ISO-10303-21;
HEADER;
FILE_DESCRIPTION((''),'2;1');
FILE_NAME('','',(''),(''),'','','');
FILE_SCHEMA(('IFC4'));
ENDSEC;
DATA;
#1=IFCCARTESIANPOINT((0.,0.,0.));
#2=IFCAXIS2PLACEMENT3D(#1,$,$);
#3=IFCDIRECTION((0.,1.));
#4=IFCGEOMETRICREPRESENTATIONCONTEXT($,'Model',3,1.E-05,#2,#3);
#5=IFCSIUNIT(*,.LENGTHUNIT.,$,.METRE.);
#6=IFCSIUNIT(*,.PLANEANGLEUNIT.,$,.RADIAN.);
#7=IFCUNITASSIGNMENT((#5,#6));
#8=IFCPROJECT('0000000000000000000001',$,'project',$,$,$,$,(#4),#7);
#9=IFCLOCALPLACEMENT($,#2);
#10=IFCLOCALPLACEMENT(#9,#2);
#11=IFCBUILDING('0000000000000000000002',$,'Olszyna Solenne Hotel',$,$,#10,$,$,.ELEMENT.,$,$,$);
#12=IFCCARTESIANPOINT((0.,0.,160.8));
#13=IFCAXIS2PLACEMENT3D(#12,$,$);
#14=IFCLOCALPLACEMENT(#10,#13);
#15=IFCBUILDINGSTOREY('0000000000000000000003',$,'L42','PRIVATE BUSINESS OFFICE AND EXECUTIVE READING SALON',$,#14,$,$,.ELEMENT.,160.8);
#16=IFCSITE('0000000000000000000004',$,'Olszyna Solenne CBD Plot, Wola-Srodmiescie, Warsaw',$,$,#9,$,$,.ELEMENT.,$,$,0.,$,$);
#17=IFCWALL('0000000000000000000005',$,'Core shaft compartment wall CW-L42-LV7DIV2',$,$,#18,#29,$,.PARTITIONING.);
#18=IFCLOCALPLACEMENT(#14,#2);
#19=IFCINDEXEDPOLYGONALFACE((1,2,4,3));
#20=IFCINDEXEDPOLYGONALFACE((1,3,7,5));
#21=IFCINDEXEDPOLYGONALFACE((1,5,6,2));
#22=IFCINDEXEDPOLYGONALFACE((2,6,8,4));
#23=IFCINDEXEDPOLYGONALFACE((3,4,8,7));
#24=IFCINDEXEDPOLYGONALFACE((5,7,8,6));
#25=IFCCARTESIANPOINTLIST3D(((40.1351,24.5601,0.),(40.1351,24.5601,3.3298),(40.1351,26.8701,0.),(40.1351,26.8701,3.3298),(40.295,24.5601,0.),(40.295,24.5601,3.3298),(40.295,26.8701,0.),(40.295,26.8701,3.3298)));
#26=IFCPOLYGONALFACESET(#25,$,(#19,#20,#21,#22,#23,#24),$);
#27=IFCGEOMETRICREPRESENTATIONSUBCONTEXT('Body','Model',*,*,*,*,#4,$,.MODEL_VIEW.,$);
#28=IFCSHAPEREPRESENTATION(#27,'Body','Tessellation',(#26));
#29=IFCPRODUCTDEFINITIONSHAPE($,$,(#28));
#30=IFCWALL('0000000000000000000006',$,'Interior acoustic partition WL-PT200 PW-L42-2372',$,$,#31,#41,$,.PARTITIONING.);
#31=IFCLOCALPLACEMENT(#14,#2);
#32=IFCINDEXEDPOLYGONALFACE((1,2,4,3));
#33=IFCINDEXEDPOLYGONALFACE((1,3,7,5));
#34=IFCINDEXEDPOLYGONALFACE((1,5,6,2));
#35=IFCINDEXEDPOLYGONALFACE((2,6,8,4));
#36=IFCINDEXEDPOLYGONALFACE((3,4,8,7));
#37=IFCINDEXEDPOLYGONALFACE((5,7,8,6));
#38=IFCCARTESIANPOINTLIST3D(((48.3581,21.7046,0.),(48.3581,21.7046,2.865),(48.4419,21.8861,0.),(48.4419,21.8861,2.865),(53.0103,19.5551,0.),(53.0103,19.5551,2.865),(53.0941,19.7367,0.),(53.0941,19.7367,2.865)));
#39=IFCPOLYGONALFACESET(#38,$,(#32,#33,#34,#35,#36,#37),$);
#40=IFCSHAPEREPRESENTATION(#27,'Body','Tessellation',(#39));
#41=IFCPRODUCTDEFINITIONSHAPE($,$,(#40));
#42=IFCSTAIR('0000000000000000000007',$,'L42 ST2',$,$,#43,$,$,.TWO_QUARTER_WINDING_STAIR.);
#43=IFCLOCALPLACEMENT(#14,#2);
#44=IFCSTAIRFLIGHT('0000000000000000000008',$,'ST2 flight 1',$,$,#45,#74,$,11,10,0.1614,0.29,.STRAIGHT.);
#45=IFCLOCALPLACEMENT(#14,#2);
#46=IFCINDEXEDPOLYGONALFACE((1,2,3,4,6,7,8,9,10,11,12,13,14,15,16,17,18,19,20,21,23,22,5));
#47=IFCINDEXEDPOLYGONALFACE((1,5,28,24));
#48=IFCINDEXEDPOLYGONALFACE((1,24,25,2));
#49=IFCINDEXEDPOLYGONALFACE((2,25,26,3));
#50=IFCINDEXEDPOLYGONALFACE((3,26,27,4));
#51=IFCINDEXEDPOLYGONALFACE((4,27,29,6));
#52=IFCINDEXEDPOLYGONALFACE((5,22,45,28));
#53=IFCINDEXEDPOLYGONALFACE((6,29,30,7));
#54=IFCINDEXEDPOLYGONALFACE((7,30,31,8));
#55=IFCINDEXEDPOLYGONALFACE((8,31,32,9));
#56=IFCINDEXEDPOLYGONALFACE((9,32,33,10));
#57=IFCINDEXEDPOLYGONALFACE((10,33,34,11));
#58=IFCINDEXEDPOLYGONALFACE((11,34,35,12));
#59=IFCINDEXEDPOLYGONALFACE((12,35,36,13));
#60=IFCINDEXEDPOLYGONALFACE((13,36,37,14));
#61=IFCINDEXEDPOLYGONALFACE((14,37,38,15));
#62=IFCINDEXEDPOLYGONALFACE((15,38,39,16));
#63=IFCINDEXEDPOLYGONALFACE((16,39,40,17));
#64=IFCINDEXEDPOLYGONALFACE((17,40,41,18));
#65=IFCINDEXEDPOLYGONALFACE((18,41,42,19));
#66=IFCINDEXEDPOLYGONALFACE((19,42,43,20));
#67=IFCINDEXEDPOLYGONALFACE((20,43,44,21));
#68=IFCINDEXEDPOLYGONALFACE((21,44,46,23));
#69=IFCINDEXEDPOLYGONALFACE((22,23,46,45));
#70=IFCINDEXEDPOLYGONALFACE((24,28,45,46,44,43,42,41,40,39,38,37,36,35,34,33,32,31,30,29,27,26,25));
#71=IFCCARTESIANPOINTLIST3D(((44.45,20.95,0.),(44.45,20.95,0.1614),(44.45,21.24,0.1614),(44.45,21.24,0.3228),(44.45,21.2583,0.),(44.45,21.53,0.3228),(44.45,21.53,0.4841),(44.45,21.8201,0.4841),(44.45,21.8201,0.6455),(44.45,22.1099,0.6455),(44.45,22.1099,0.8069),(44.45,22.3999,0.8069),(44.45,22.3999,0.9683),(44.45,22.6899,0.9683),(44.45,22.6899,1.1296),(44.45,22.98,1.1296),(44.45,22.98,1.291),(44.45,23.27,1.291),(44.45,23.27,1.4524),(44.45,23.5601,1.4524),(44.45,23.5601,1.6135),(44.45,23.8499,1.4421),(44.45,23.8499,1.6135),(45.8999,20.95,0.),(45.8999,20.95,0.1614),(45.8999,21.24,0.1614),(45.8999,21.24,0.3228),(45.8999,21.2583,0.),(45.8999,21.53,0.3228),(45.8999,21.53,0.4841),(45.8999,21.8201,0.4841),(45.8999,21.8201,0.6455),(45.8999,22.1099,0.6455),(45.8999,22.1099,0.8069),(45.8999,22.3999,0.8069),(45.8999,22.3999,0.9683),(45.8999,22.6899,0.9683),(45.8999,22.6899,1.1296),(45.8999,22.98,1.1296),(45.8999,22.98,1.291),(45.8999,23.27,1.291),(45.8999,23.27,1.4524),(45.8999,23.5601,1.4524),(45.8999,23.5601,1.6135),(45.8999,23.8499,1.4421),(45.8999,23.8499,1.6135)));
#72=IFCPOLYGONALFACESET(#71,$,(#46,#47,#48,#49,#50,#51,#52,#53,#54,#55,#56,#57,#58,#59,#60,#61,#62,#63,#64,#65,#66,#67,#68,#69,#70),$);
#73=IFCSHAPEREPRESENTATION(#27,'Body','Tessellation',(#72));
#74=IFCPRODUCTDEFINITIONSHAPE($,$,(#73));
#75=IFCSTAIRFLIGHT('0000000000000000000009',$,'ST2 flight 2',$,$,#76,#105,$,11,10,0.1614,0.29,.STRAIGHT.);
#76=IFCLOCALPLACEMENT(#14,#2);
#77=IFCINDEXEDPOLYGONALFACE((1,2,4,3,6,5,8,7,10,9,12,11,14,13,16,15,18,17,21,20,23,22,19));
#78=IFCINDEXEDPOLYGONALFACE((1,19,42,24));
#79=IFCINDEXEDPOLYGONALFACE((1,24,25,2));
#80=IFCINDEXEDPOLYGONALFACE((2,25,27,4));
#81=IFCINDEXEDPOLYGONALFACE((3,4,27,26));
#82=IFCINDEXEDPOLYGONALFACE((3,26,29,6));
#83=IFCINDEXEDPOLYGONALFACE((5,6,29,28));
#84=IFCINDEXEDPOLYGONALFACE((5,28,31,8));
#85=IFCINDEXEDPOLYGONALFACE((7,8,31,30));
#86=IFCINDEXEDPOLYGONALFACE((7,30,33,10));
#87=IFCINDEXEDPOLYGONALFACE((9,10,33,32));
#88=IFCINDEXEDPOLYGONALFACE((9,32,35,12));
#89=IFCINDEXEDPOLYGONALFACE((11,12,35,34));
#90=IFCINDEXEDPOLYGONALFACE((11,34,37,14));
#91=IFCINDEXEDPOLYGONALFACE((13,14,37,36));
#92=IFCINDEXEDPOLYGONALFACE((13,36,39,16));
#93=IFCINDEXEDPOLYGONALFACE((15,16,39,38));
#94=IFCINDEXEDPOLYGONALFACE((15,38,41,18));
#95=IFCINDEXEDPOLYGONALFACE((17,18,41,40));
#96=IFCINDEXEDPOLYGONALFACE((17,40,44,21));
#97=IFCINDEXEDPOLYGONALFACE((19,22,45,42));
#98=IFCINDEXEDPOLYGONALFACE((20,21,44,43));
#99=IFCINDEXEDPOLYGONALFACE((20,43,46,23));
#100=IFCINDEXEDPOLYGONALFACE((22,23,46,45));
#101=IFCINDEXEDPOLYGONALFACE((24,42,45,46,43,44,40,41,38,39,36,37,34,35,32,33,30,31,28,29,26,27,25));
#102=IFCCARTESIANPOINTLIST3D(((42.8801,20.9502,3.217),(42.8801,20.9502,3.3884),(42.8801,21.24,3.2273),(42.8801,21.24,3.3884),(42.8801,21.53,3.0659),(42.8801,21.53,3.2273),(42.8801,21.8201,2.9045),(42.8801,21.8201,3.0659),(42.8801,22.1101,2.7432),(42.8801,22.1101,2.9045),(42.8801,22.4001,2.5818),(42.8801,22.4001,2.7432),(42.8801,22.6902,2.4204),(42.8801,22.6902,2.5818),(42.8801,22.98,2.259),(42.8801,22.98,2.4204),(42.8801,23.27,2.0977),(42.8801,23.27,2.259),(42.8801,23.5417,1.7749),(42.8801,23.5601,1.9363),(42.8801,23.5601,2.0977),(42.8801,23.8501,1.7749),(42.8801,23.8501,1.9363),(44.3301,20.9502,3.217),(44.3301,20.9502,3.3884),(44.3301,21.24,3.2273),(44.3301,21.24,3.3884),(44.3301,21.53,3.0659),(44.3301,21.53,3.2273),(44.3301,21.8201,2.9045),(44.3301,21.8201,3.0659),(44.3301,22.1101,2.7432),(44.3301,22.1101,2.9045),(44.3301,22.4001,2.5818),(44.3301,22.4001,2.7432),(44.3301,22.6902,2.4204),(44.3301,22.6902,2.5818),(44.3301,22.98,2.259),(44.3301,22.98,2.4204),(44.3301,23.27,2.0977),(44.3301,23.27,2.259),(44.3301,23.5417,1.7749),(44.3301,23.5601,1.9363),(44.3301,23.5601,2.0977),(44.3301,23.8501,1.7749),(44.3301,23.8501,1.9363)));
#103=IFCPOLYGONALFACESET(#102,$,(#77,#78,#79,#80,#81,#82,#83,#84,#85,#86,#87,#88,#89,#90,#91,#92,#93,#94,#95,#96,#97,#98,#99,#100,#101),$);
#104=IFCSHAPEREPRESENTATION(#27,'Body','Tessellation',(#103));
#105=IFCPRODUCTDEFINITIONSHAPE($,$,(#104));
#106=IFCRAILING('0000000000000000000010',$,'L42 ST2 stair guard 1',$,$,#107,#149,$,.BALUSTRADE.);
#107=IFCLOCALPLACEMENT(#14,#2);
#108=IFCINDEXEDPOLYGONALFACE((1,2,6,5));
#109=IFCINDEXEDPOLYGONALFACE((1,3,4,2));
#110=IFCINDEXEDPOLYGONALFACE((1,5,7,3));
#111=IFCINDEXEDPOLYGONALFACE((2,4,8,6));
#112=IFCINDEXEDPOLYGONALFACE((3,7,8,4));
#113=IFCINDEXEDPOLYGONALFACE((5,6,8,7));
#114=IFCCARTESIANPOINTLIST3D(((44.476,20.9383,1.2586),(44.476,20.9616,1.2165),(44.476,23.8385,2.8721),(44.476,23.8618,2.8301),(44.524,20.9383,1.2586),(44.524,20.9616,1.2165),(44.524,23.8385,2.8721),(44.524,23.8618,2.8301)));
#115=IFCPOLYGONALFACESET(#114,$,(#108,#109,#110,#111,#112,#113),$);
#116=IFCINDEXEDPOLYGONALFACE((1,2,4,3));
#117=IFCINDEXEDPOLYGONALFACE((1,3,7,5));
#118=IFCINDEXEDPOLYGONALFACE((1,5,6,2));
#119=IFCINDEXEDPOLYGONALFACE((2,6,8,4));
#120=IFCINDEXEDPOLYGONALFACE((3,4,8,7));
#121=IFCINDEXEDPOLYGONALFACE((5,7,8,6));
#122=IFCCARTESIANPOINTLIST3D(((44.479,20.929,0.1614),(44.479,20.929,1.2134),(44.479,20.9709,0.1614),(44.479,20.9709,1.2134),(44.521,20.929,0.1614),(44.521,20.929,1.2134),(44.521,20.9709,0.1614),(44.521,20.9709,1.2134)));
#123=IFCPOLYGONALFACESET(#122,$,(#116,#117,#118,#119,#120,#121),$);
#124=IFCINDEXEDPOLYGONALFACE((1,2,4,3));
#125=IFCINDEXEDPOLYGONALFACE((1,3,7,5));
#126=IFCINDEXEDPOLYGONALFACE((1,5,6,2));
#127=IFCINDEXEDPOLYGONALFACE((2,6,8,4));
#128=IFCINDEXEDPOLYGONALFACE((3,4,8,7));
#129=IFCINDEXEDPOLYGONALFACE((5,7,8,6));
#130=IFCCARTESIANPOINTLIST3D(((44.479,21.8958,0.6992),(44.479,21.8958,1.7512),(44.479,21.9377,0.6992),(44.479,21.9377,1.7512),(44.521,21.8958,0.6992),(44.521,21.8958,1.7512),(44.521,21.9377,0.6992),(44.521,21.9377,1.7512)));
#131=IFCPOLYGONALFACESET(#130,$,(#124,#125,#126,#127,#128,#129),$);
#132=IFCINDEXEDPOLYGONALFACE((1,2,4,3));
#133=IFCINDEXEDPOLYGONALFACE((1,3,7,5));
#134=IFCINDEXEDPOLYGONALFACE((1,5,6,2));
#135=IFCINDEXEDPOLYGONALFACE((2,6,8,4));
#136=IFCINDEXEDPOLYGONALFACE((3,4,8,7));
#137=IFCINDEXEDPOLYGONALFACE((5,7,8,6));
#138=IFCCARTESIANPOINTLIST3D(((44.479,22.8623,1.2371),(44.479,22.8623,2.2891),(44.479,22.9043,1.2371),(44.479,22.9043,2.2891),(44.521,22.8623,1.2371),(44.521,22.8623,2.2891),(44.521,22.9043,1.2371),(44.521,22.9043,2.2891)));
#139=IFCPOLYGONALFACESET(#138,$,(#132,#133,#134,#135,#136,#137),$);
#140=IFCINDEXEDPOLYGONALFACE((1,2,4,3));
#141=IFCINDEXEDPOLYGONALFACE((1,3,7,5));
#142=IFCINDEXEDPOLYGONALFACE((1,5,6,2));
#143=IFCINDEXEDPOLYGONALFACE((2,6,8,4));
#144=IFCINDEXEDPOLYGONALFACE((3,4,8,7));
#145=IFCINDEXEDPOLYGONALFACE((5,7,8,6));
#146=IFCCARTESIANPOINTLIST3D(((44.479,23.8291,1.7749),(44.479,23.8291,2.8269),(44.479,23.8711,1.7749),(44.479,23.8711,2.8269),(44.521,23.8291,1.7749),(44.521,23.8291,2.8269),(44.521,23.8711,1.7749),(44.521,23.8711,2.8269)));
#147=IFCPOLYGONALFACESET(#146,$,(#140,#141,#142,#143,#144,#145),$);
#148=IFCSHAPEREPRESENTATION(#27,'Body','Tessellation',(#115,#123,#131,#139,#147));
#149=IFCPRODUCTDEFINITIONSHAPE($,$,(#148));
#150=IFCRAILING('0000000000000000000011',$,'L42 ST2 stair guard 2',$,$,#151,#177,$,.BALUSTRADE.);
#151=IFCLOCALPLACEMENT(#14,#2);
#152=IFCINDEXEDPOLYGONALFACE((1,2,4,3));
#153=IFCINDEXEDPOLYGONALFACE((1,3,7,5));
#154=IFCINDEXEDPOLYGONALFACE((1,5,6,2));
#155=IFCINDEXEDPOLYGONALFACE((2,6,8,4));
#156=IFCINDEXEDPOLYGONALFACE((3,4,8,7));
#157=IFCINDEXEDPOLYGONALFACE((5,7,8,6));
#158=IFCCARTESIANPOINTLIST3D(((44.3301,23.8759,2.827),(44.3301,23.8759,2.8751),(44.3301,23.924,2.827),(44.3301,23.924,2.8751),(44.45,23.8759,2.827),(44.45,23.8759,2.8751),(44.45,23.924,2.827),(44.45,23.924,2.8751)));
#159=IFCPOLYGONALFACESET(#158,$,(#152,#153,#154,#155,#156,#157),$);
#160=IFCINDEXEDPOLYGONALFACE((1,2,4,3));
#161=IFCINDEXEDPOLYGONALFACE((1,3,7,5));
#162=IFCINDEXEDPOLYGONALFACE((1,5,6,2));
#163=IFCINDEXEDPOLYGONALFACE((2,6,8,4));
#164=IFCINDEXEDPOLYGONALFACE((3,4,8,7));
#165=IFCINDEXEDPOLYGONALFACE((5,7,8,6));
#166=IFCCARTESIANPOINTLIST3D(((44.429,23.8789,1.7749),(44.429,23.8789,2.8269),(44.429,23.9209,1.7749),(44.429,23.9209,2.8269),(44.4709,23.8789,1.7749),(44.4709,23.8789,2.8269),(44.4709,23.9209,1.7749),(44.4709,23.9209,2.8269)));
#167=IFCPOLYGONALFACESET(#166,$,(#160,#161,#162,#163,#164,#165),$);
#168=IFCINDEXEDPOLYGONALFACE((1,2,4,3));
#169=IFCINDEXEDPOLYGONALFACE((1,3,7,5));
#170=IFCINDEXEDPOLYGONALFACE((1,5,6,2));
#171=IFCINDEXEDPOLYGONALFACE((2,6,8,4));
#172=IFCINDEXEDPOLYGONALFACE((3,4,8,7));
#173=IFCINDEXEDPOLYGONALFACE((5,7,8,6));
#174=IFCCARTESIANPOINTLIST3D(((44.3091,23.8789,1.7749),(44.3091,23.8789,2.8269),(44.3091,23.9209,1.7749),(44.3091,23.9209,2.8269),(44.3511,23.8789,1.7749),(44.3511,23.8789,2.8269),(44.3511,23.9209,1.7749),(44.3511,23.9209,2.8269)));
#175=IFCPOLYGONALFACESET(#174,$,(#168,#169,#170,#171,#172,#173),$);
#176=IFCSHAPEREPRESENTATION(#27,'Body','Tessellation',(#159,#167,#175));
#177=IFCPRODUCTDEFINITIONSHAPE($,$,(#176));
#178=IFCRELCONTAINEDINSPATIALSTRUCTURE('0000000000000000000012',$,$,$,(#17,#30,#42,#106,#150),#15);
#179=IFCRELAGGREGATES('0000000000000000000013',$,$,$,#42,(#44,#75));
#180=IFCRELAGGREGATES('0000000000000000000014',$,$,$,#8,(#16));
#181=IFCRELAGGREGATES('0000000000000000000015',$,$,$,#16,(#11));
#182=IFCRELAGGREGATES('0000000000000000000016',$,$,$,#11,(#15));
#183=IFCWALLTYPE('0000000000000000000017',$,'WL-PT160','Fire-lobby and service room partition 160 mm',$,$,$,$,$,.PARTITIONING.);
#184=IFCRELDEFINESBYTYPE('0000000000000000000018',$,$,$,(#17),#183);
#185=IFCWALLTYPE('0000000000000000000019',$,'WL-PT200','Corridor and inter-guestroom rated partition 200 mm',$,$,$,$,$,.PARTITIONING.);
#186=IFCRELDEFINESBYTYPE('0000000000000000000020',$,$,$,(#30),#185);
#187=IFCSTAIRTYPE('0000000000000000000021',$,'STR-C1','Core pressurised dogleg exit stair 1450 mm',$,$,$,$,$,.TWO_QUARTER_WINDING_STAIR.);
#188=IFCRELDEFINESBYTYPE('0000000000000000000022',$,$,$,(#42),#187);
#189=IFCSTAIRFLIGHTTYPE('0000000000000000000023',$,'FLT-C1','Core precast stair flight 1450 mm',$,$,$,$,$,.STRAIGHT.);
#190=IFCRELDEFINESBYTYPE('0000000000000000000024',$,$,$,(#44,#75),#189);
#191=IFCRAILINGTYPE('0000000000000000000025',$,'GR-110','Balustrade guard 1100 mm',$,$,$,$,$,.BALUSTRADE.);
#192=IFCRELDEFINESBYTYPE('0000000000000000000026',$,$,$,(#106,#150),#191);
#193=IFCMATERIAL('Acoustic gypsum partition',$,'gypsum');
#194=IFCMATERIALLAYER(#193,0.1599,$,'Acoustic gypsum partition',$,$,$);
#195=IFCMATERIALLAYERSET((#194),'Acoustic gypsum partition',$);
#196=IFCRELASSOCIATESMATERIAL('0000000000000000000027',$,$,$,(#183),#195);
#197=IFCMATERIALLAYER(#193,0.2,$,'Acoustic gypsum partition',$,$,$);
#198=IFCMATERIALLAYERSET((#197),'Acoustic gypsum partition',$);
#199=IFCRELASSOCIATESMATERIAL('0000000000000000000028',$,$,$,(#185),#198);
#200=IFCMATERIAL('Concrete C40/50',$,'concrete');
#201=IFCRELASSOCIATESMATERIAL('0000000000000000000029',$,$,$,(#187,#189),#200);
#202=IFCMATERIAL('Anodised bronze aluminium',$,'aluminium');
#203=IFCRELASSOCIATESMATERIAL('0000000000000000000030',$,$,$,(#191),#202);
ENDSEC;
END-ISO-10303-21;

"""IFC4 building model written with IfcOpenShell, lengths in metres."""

from ifc_helpers import new_model, si_unit, direction, frame, frame_2d, origin, origin_2d, place, context, subcontext, project, spatial, polyline, rectangle, outline, extrude, material, layer, layer_set, type_object, element, aggregate, save


model = new_model("IFC4")

# Units and contexts
model_context = context("Model", 3, precision=1e-05, world=origin(), true_north=direction((0.0, 1.0)))
body_context = subcontext(model_context, "Body", "Model", "MODEL_VIEW")
ifc_project = project(units=[si_unit("LENGTHUNIT", "METRE"), si_unit("PLANEANGLEUNIT", "RADIAN")], contexts=[model_context])

# Site, building, storey
site_placement = place(None, origin())
site = spatial("IfcSite", under=ifc_project, at=site_placement, Name="Olszyna Solenne CBD Plot, Wola-Srodmiescie, Warsaw", CompositionType="ELEMENT", RefElevation=0.0)
building_placement = place(site_placement, origin())
building = spatial("IfcBuilding", under=site, at=building_placement, Name="Olszyna Solenne Hotel", CompositionType="ELEMENT")
storey_placement = place(building_placement, frame((0.0, 0.0, 160.8)))
storey = spatial("IfcBuildingStorey", under=building, at=storey_placement, Name="L42", Description="PRIVATE BUSINESS OFFICE AND EXECUTIVE READING SALON", CompositionType="ELEMENT", Elevation=160.8)

# Shared definitions
ifc_material_1 = material(Name="Anodised bronze aluminium", Category="aluminium")

# Shared definitions
ifc_material_2 = material(Name="Acoustic gypsum partition", Category="gypsum")

# Shared definitions
ifc_layer_1 = layer(ifc_material_2, 0.1599, Name="Acoustic gypsum partition")
ifc_layer_set_1 = layer_set([ifc_layer_1], Name="Acoustic gypsum partition")
wall_type_1 = type_object("IfcWallType", Name="WL-PT160", Description="Fire-lobby and service room partition 160 mm", PredefinedType="PARTITIONING", material=ifc_layer_set_1)

# Walls
for number, where, z_axis, x_axis, name in (
    (1, (40.2151, 24.5601, 0.0), (0.0, 0.0, 1.0), (0.0, 1.0, 0.0), "Core shaft compartment wall CW-L42-LV7DIV2"),
):
    element("IfcWall", number, at=place(storey_placement, frame(where, z_axis=z_axis, x_axis=x_axis)), inside=storey, type_object=wall_type_1, Name=name, PredefinedType="PARTITIONING", context=body_context, shape_type="SweptSolid", body=[
        extrude(rectangle(XDim=2.3101, YDim=0.1599, at=frame_2d((1.155, 0.0))), origin(), (0.0, 0.0, 1.0), 3.3298),
    ])
ifc_layer_2 = layer(ifc_material_2, 0.2, Name="Acoustic gypsum partition")
ifc_layer_set_2 = layer_set([ifc_layer_2], Name="Acoustic gypsum partition")
wall_type_2 = type_object("IfcWallType", Name="WL-PT200", Description="Corridor and inter-guestroom rated partition 200 mm", PredefinedType="PARTITIONING", material=ifc_layer_set_2)
wall_1_placement = place(storey_placement, frame((48.3999, 21.7954, 0.0), z_axis=(0.0, 0.0, 1.0), x_axis=(0.907789, -0.419427, 0.0)))
element("IfcWall", 2, at=wall_1_placement, inside=storey, type_object=wall_type_2, Name="Interior acoustic partition WL-PT200 PW-L42-2372", PredefinedType="PARTITIONING", context=body_context, shape_type="SweptSolid", body=[
    extrude(rectangle(XDim=5.1248, YDim=0.2, at=frame_2d((2.5625, 0.0))), origin(), (0.0, 0.0, 1.0), 2.865),
])

# Stair, stair flights
ifc_material_3 = material(Name="Concrete C40/50", Category="concrete")
stair_type = type_object("IfcStairType", Name="STR-C1", Description="Core pressurised dogleg exit stair 1450 mm", PredefinedType="TWO_QUARTER_WINDING_STAIR", material=ifc_material_3)
stair_placement = place(storey_placement, origin())
stair = element("IfcStair", 3, at=stair_placement, inside=storey, type_object=stair_type, Name="L42 ST2", PredefinedType="TWO_QUARTER_WINDING_STAIR")
stair_flight_type = type_object("IfcStairFlightType", Name="FLT-C1", Description="Core precast stair flight 1450 mm", PredefinedType="STRAIGHT", material=ifc_material_3)
stair_flight_1_placement = place(storey_placement, frame((45.175, 20.95, 0.0), z_axis=(0.0, 0.0, 1.0), x_axis=(0.0, 1.0, 0.0)))
stair_flight_1 = element("IfcStairFlight", 4, at=stair_flight_1_placement, type_object=stair_flight_type, Name="ST2 flight 1", NumberOfRisers=11, NumberOfTreads=10, PredefinedType="STRAIGHT", RiserHeight=0.1614, TreadLength=0.29, context=body_context, shape_type="SweptSolid", body=[
    extrude(outline(polyline([(0.0, 0.0), (0.0, 0.1614), (0.29, 0.1614), (0.29, 0.3228), (0.5801, 0.3228), (0.5801, 0.4841), (0.8701, 0.4841), (0.8701, 0.6455), (1.1599, 0.6455), (1.1599, 0.8069), (1.45, 0.8069), (1.45, 0.9683), (1.74, 0.9683), (1.74, 1.1296), (2.03, 1.1296), (2.03, 1.291), (2.3201, 1.291), (2.3201, 1.4524), (2.6101, 1.4524), (2.6101, 1.6135), (2.8999, 1.6135), (2.8999, 1.7749), (2.8999, 1.4421), (0.3083, 0.0), (0.0, 0.0)])), frame((0.0, 0.7251, 0.0), z_axis=(0.0, -1.0, 0.0), x_axis=(1.0, 0.0, 0.0)), (0.0, 0.0, 1.0), 1.45),
])
stair_flight_2_placement = place(storey_placement, frame((43.605, 23.8501, 1.7749), z_axis=(0.0, 0.0, 1.0), x_axis=(0.0, -1.0, 0.0)))
stair_flight_2 = element("IfcStairFlight", 5, at=stair_flight_2_placement, type_object=stair_flight_type, Name="ST2 flight 2", NumberOfRisers=11, NumberOfTreads=10, PredefinedType="STRAIGHT", RiserHeight=0.1614, TreadLength=0.29, context=body_context, shape_type="SweptSolid", body=[
    extrude(outline(polyline([(0.0, 0.0), (0.0, 0.1614), (0.29, 0.1614), (0.29, 0.3228), (0.5801, 0.3228), (0.5801, 0.4841), (0.8701, 0.4841), (0.8701, 0.6455), (1.1599, 0.6455), (1.1599, 0.8069), (1.45, 0.8069), (1.45, 0.9683), (1.74, 0.9683), (1.74, 1.1296), (2.03, 1.1296), (2.03, 1.291), (2.3201, 1.291), (2.3201, 1.4524), (2.6101, 1.4524), (2.6101, 1.6135), (2.8999, 1.6135), (2.8999, 1.7749), (2.8999, 1.4421), (0.3083, 0.0), (0.0, 0.0)])), frame((0.0, 0.7251, 0.0), z_axis=(0.0, -1.0, 0.0), x_axis=(1.0, 0.0, 0.0)), (0.0, 0.0, 1.0), 1.45),
])
aggregate(stair, [stair_flight_1, stair_flight_2])

# Railings
railing_type_1 = type_object("IfcRailingType", Name="GR-110", Description="Balustrade guard 1100 mm", PredefinedType="BALUSTRADE", material=ifc_material_1)
railing_1_placement = place(storey_placement, frame((44.5, 20.95, 0.1614)))
element("IfcRailing", 6, at=railing_1_placement, inside=storey, type_object=railing_type_1, Name="L42 ST2 stair guard 1", PredefinedType="BALUSTRADE", context=body_context, shape_type="SweptSolid", body=[
    extrude(rectangle(XDim=0.0481, YDim=0.0481, at=origin_2d()), frame((0.0, 0.0, 1.0762), z_axis=(0.0, 0.873859, 0.48618), x_axis=(-1.0, 0.0, 0.0)), (0.0, 0.0, 1.0), 3.3188),
    extrude(rectangle(XDim=0.042, YDim=0.042, at=origin_2d()), origin(), (0.0, 0.0, 1.0), 1.052),
    extrude(rectangle(XDim=0.042, YDim=0.042, at=origin_2d()), frame((0.0, 0.9668, 0.5378)), (0.0, 0.0, 1.0), 1.052),
    extrude(rectangle(XDim=0.042, YDim=0.042, at=origin_2d()), frame((0.0, 1.9333, 1.0757)), (0.0, 0.0, 1.0), 1.052),
    extrude(rectangle(XDim=0.042, YDim=0.042, at=origin_2d()), frame((0.0, 2.9001, 1.6135)), (0.0, 0.0, 1.0), 1.052),
])
railing_2_placement = place(storey_placement, frame((44.45, 23.8999, 1.7749)))
element("IfcRailing", 7, at=railing_2_placement, inside=storey, type_object=railing_type_1, Name="L42 ST2 stair guard 2", PredefinedType="BALUSTRADE", context=body_context, shape_type="SweptSolid", body=[
    extrude(rectangle(XDim=0.0481, YDim=0.0481, at=origin_2d()), frame((0.0, 0.0, 1.0762), z_axis=(-1.0, 0.0, 0.0), x_axis=(0.0, -1.0, 0.0)), (0.0, 0.0, 1.0), 0.1199),
    extrude(rectangle(XDim=0.042, YDim=0.042, at=origin_2d()), origin(), (0.0, 0.0, 1.0), 1.052),
    extrude(rectangle(XDim=0.042, YDim=0.042, at=origin_2d()), frame((-0.1199, 0.0, 0.0)), (0.0, 0.0, 1.0), 1.052),
])

save(model, "model.ifc")
